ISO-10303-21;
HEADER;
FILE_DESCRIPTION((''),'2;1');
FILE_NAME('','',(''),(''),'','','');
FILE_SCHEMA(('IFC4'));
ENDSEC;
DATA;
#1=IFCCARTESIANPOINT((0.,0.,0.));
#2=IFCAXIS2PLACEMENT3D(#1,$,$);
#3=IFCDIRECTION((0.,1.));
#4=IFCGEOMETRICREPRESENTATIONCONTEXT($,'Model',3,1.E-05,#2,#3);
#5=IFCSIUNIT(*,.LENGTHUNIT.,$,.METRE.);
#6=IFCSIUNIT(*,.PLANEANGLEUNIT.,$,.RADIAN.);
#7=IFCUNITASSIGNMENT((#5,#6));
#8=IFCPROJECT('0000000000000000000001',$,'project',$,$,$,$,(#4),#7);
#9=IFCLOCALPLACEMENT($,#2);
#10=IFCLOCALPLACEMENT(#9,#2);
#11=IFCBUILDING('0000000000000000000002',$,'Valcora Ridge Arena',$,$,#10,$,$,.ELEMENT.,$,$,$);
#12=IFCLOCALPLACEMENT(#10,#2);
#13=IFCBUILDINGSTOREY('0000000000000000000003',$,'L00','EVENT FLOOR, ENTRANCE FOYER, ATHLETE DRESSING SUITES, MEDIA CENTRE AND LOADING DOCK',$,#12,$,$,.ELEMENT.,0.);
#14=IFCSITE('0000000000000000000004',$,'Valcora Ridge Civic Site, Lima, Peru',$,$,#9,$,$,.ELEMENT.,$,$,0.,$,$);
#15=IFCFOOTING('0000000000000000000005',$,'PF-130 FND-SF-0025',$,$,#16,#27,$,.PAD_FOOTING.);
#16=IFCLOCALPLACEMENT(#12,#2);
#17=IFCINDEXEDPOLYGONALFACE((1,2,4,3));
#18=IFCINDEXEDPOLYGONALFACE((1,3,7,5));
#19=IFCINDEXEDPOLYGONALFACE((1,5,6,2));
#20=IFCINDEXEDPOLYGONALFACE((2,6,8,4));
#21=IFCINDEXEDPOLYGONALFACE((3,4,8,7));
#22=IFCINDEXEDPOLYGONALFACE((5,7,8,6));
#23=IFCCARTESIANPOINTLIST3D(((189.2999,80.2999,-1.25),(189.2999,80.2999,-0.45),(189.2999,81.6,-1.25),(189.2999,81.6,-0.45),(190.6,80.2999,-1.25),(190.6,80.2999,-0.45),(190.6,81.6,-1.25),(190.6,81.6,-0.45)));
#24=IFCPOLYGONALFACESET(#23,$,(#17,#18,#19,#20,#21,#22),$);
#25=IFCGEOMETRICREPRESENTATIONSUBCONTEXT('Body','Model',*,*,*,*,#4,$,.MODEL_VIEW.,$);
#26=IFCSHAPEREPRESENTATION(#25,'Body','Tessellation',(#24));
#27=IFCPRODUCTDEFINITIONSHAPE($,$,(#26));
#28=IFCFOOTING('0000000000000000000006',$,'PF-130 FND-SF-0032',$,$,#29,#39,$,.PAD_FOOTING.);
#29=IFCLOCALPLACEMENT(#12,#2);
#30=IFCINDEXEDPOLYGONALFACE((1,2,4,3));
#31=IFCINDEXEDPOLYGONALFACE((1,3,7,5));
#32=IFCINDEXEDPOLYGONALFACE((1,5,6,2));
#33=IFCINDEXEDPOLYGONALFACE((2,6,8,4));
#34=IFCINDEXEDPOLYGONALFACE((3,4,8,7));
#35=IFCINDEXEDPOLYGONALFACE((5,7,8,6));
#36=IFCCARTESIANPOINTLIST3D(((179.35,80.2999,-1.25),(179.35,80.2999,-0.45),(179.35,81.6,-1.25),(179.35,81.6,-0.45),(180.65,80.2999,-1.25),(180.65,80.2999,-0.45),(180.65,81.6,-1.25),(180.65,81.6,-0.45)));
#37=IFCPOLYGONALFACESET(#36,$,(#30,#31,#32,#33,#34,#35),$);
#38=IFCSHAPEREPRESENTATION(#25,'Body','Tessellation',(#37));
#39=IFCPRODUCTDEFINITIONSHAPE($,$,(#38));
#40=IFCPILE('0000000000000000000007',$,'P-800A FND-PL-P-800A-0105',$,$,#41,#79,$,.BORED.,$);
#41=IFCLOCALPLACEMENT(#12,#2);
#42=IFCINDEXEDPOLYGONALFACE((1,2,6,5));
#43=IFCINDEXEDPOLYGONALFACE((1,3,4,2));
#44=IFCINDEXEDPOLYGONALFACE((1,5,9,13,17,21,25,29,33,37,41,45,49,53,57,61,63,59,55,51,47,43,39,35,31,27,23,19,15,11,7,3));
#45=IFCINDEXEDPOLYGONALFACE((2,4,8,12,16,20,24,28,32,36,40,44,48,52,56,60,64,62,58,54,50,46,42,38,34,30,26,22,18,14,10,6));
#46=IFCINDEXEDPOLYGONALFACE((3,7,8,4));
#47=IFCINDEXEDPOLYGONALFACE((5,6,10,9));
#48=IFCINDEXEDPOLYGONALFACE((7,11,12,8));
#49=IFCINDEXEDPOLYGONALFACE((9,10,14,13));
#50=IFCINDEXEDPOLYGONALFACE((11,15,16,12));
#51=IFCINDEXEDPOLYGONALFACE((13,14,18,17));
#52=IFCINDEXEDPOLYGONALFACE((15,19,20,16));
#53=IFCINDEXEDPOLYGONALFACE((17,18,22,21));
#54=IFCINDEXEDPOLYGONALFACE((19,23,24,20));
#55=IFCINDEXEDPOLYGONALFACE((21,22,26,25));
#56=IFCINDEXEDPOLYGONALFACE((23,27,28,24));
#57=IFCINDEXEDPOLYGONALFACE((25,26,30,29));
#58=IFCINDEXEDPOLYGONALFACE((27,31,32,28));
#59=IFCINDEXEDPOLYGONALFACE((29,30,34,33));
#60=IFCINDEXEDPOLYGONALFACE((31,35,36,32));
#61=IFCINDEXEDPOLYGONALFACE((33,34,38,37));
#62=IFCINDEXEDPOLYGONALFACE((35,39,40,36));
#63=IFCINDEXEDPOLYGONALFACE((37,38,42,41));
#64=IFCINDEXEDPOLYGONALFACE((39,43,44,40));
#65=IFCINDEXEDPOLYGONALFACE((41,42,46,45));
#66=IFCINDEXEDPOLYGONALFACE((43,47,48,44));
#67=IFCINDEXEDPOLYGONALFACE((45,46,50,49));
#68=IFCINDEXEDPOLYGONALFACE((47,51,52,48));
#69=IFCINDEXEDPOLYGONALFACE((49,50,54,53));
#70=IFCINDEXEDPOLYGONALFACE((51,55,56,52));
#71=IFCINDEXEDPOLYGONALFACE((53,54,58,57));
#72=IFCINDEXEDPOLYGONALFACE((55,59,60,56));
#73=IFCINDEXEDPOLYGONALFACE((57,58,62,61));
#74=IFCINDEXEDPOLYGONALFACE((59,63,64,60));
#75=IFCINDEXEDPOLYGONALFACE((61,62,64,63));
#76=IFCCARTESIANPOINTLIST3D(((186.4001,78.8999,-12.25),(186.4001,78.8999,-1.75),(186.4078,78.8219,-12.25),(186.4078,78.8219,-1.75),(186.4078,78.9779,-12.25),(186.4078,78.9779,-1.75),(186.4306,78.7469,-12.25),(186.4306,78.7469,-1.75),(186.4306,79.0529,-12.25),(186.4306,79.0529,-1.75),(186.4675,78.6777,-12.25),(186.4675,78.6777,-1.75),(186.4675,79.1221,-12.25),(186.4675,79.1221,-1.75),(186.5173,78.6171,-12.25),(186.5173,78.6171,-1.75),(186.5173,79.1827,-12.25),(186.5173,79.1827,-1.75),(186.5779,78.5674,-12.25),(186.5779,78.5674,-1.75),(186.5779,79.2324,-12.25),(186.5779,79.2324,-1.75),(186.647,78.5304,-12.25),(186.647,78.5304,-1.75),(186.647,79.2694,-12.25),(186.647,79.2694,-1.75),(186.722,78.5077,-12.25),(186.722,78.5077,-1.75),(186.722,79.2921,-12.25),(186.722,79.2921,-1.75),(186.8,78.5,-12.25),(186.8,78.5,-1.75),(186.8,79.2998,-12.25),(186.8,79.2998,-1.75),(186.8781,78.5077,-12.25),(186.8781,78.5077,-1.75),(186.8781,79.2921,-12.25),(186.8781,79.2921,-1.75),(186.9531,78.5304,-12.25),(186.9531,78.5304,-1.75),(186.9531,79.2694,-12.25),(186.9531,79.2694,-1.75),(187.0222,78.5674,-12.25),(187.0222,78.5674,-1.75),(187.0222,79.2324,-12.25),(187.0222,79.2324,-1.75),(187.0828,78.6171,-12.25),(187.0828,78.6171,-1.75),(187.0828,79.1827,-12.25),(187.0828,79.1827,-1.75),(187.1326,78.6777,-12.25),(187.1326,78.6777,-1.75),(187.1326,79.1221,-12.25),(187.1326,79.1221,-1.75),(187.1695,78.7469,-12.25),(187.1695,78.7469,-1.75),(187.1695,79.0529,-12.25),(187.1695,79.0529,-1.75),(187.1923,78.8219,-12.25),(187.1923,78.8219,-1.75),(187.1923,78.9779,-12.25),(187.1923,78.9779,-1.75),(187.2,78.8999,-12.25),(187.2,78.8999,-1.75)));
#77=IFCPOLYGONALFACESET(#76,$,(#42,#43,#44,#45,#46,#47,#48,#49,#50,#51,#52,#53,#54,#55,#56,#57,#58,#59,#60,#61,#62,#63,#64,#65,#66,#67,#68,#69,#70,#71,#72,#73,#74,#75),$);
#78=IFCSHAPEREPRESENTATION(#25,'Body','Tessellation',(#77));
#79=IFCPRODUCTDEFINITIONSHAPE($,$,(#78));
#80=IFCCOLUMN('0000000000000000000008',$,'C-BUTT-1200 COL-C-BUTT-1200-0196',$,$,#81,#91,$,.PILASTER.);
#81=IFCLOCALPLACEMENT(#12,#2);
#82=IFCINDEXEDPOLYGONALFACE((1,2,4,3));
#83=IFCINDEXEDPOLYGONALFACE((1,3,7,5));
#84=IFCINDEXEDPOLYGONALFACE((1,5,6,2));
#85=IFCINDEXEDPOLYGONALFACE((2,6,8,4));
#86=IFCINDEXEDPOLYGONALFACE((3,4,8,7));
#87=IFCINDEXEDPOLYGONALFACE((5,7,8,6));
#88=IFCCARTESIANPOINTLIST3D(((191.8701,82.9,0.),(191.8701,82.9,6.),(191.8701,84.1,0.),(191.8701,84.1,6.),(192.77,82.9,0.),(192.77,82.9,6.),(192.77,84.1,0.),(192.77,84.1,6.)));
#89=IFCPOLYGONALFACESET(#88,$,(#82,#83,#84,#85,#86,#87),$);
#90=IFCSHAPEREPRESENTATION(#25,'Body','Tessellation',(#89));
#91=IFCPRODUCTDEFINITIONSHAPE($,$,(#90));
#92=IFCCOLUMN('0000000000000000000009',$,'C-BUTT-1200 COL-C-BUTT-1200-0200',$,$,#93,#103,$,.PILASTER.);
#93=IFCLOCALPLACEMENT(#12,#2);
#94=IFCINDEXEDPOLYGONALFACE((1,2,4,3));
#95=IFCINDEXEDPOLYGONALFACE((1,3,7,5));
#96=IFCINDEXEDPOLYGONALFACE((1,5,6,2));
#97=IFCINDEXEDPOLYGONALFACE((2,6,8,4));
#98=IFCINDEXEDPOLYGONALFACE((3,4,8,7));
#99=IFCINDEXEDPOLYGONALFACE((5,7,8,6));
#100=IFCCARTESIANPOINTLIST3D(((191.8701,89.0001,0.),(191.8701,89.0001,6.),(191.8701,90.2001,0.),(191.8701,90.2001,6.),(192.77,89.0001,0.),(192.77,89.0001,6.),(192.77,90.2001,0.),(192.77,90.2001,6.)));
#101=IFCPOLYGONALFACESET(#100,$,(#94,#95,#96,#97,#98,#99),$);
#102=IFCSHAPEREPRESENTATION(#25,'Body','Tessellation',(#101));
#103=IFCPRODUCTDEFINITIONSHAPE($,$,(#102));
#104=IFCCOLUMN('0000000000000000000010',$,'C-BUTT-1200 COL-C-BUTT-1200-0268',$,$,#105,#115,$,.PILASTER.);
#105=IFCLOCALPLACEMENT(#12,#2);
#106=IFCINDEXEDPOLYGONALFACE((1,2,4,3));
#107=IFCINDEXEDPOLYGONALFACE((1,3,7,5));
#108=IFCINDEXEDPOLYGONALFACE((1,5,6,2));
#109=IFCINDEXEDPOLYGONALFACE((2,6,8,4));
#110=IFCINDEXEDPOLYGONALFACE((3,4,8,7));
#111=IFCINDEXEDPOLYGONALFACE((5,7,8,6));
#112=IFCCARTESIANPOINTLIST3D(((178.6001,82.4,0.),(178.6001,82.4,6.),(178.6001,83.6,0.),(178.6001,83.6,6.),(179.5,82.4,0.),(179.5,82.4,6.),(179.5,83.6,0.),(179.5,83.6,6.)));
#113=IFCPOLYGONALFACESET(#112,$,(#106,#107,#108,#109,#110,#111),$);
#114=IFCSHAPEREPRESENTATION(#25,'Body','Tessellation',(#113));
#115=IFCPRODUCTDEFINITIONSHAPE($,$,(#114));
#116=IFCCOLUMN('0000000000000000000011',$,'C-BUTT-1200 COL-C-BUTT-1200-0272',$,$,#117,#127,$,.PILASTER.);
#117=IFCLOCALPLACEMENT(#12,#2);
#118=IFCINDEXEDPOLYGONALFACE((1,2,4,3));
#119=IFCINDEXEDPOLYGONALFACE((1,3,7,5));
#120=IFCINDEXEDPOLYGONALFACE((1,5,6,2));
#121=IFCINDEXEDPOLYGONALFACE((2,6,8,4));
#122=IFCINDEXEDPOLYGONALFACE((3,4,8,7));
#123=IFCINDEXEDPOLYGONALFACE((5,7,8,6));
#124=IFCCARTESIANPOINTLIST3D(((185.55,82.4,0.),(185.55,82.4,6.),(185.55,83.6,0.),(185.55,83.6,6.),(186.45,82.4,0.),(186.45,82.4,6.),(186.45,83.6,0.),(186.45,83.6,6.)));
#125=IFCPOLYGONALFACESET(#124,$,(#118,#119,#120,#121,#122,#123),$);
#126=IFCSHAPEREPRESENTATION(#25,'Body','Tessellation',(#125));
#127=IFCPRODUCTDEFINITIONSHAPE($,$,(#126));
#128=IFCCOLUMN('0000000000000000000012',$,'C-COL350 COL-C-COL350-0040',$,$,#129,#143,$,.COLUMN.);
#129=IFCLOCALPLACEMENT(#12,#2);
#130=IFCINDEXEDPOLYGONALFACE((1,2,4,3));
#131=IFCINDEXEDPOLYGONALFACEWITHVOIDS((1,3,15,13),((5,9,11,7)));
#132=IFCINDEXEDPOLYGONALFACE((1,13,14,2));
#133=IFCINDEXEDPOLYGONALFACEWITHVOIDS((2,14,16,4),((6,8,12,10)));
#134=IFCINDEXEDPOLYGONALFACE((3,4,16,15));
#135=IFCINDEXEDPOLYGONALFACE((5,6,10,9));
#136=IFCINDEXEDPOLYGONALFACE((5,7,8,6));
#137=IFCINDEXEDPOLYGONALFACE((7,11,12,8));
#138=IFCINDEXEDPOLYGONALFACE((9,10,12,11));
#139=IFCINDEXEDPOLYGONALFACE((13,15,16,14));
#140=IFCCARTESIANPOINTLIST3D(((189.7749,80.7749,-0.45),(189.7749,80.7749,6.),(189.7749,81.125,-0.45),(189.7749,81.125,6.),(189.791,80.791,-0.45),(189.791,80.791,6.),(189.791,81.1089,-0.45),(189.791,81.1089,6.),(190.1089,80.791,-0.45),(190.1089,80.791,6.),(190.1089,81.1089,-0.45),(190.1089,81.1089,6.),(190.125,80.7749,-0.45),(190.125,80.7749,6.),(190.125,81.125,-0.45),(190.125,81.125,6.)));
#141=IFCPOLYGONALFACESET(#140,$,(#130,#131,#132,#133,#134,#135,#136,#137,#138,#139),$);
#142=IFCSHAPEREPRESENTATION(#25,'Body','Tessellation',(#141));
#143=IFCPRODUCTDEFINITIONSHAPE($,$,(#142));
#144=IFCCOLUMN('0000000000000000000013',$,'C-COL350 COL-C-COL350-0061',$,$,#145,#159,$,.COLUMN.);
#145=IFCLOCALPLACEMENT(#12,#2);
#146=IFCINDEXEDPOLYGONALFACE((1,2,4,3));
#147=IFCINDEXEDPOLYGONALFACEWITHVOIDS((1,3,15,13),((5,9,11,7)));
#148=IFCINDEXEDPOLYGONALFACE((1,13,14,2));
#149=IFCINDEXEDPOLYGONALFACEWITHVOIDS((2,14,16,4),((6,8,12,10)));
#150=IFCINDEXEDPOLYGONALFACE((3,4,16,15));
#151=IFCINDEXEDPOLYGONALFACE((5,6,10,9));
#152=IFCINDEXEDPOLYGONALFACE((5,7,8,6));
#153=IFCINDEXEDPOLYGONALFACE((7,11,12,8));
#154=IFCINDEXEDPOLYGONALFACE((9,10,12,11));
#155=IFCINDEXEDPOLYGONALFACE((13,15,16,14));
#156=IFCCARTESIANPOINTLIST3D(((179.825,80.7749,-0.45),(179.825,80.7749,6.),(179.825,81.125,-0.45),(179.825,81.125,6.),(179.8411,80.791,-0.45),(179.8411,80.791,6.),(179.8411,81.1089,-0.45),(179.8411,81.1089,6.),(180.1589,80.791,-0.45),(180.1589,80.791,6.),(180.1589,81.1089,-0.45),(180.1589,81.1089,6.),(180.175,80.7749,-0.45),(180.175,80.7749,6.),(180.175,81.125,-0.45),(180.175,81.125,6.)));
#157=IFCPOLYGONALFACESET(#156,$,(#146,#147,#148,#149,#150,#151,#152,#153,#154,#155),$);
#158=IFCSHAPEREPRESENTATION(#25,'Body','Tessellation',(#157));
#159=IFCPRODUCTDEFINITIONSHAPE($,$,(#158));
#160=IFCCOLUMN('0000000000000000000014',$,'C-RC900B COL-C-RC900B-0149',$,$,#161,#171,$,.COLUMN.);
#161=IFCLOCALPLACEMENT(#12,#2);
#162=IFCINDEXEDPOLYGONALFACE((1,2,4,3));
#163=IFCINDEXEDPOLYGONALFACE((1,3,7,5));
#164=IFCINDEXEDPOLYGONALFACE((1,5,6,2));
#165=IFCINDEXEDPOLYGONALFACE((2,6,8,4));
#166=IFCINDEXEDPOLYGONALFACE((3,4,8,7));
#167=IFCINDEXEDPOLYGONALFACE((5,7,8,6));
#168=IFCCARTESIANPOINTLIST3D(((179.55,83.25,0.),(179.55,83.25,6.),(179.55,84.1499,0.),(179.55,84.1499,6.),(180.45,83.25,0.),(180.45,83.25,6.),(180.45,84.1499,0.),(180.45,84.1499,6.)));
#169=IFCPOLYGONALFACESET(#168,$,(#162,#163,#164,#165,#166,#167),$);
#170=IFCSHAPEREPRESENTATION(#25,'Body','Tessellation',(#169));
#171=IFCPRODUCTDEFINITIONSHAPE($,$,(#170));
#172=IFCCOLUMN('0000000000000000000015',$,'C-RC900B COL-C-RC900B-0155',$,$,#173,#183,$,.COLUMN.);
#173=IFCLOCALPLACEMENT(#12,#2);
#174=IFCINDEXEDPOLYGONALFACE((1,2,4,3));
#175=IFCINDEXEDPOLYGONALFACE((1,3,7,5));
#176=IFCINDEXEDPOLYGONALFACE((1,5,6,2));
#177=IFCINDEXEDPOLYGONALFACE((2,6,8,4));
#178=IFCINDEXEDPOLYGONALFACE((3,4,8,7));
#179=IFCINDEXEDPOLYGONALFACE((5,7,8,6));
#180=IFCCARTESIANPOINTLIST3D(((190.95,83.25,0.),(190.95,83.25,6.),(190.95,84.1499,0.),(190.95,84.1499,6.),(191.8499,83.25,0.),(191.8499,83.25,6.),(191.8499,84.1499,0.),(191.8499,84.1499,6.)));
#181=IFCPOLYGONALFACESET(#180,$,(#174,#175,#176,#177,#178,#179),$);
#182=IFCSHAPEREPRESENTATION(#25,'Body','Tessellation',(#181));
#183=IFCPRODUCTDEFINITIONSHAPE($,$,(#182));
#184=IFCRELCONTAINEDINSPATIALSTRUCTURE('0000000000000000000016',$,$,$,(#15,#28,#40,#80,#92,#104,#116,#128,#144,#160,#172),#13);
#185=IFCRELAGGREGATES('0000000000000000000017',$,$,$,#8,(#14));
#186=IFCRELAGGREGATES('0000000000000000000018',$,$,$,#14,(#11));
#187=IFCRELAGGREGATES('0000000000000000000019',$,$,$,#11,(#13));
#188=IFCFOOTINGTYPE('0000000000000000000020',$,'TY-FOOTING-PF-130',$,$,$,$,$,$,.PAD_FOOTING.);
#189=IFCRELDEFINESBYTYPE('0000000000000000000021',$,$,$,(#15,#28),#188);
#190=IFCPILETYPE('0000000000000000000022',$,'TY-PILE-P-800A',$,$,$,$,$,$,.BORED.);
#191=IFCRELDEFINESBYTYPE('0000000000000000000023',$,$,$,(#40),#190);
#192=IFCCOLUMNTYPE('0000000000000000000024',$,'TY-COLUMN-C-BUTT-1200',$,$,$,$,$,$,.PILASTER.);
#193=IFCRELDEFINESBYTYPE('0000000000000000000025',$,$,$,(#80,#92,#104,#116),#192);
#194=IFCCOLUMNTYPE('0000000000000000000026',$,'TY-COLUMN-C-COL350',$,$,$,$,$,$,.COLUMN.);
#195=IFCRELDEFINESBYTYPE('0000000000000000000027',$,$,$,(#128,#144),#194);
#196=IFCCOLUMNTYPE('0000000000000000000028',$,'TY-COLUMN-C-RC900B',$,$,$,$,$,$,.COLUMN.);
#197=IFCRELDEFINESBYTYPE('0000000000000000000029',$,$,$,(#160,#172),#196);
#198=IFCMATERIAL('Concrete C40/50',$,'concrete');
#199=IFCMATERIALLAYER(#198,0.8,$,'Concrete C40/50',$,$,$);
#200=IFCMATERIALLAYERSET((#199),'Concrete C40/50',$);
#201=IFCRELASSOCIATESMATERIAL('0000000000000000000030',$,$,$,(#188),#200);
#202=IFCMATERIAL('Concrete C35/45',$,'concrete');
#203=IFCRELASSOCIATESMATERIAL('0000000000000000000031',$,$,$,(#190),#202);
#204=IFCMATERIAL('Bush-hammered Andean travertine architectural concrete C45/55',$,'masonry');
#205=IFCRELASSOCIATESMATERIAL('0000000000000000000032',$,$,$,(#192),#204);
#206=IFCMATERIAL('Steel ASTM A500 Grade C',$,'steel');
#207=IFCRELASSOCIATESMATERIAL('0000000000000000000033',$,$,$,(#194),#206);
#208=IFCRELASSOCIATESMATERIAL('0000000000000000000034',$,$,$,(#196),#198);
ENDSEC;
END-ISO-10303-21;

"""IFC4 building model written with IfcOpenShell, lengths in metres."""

from ifc_helpers import new_model, si_unit, direction, frame, origin, origin_2d, place, context, subcontext, project, spatial, rectangle, hollow_rectangle, circle, extrude, material, layer, layer_set, material_profile, profile_set, type_object, element, save


model = new_model("IFC4")

# Units and contexts
model_context = context("Model", 3, precision=1e-05, world=origin(), true_north=direction((0.0, 1.0)))
body_context = subcontext(model_context, "Body", "Model", "MODEL_VIEW")
ifc_project = project(units=[si_unit("LENGTHUNIT", "METRE"), si_unit("PLANEANGLEUNIT", "RADIAN")], contexts=[model_context])

# Site, building, storey
site_placement = place(None, origin())
site = spatial("IfcSite", under=ifc_project, at=site_placement, Name="Valcora Ridge Civic Site, Lima, Peru", CompositionType="ELEMENT", RefElevation=0.0)
building_placement = place(site_placement, origin())
building = spatial("IfcBuilding", under=site, at=building_placement, Name="Valcora Ridge Arena", CompositionType="ELEMENT")
storey_placement = place(building_placement, origin())
storey = spatial("IfcBuildingStorey", under=building, at=storey_placement, Name="L00", Description="EVENT FLOOR, ENTRANCE FOYER, ATHLETE DRESSING SUITES, MEDIA CENTRE AND LOADING DOCK", CompositionType="ELEMENT", Elevation=0.0)

# Footings
ifc_material_1 = material(Name="Concrete C40/50", Category="concrete")
ifc_layer_1 = layer(ifc_material_1, 0.8, Name="Concrete C40/50")
ifc_layer_set_1 = layer_set([ifc_layer_1], Name="Concrete C40/50")
footing_type = type_object("IfcFootingType", Name="TY-FOOTING-PF-130", PredefinedType="PAD_FOOTING", material=ifc_layer_set_1)
for number, where, z_axis, x_axis, name in (
    (1, (189.95, 80.95, -1.25), (0.0, 0.0, 1.0), (1.0, 0.0, 0.0), "PF-130 FND-SF-0025"),
    (2, (180.0, 80.95, -1.25), (0.0, 0.0, 1.0), (1.0, 0.0, 0.0), "PF-130 FND-SF-0032"),
):
    element("IfcFooting", number, at=place(storey_placement, frame(where, z_axis=z_axis, x_axis=x_axis)), inside=storey, type_object=footing_type, Name=name, PredefinedType="PAD_FOOTING", context=body_context, shape_type="SweptSolid", body=[
        extrude(rectangle(XDim=1.3, YDim=1.3, at=origin_2d()), origin(), (0.0, 0.0, 1.0), 0.8),
    ])

# Pile
ifc_material_2 = material(Name="Concrete C35/45", Category="concrete")
ifc_material_profile_1 = material_profile(ifc_material_2, circle(Radius=0.3999, at=origin_2d()), Name="BORED PILE D800")
ifc_profile_set_1 = profile_set([ifc_material_profile_1], Name="Concrete C35/45")
pile_type = type_object("IfcPileType", Name="TY-PILE-P-800A", PredefinedType="BORED", material=ifc_profile_set_1)
pile_placement = place(storey_placement, frame((186.8, 78.8999, -1.75), z_axis=(0.0, 0.0, -1.0), x_axis=(1.0, 0.0, 0.0)))
element("IfcPile", 3, at=pile_placement, inside=storey, type_object=pile_type, Name="P-800A FND-PL-P-800A-0105", PredefinedType="BORED", context=body_context, shape_type="SweptSolid", body=[
    extrude(circle(Radius=0.3999, at=origin_2d()), origin(), (0.0, 0.0, 1.0), 10.5),
])

# Columns
ifc_material_3 = material(Name="Bush-hammered Andean travertine architectural concrete C45/55", Category="masonry")
ifc_material_profile_2 = material_profile(ifc_material_3, rectangle(XDim=0.8999, YDim=1.2, at=origin_2d()), Name="RC 900x1200")
ifc_profile_set_2 = profile_set([ifc_material_profile_2], Name="Bush-hammered Andean travertine architectural concrete C45/55")
column_type_1 = type_object("IfcColumnType", Name="TY-COLUMN-C-BUTT-1200", PredefinedType="PILASTER", material=ifc_profile_set_2)
for number, where, z_axis, x_axis, name in (
    (4, (192.3201, 83.5, 0.0), (0.0, 0.0, 1.0), (1.0, 0.0, 0.0), "C-BUTT-1200 COL-C-BUTT-1200-0196"),
    (5, (192.3201, 89.6001, 0.0), (0.0, 0.0, 1.0), (1.0, 0.0, 0.0), "C-BUTT-1200 COL-C-BUTT-1200-0200"),
    (6, (179.05, 83.0, 0.0), (0.0, 0.0, 1.0), (1.0, 0.0, 0.0), "C-BUTT-1200 COL-C-BUTT-1200-0268"),
    (7, (186.0, 83.0, 0.0), (0.0, 0.0, 1.0), (1.0, 0.0, 0.0), "C-BUTT-1200 COL-C-BUTT-1200-0272"),
):
    element("IfcColumn", number, at=place(storey_placement, frame(where, z_axis=z_axis, x_axis=x_axis)), inside=storey, type_object=column_type_1, Name=name, PredefinedType="PILASTER", context=body_context, shape_type="SweptSolid", body=[
        extrude(rectangle(XDim=0.8999, YDim=1.2, at=origin_2d()), origin(), (0.0, 0.0, 1.0), 6.0),
    ])
ifc_material_4 = material(Name="Steel ASTM A500 Grade C", Category="steel")
ifc_material_profile_3 = material_profile(ifc_material_4, hollow_rectangle(XDim=0.3501, YDim=0.3501, WallThickness=0.0161, at=origin_2d()), Name="HSS350X350X16")
ifc_profile_set_3 = profile_set([ifc_material_profile_3], Name="Steel ASTM A500 Grade C")
column_type_2 = type_object("IfcColumnType", Name="TY-COLUMN-C-COL350", PredefinedType="COLUMN", material=ifc_profile_set_3)
for number, where, z_axis, x_axis, name in (
    (8, (189.95, 80.95, -0.45), (0.0, 0.0, 1.0), (1.0, 0.0, 0.0), "C-COL350 COL-C-COL350-0040"),
    (9, (180.0, 80.95, -0.45), (0.0, 0.0, 1.0), (1.0, 0.0, 0.0), "C-COL350 COL-C-COL350-0061"),
):
    element("IfcColumn", number, at=place(storey_placement, frame(where, z_axis=z_axis, x_axis=x_axis)), inside=storey, type_object=column_type_2, Name=name, PredefinedType="COLUMN", context=body_context, shape_type="SweptSolid", body=[
        extrude(hollow_rectangle(XDim=0.3501, YDim=0.3501, WallThickness=0.0161, at=origin_2d()), origin(), (0.0, 0.0, 1.0), 6.45),
    ])
ifc_material_profile_4 = material_profile(ifc_material_1, rectangle(XDim=0.8999, YDim=0.8999, at=origin_2d()), Name="RC 900x900")
ifc_profile_set_4 = profile_set([ifc_material_profile_4], Name="Concrete C40/50")
column_type_3 = type_object("IfcColumnType", Name="TY-COLUMN-C-RC900B", PredefinedType="COLUMN", material=ifc_profile_set_4)
for number, where, z_axis, x_axis, name in (
    (10, (180.0, 83.7, 0.0), (0.0, 0.0, 1.0), (1.0, 0.0, 0.0), "C-RC900B COL-C-RC900B-0149"),
    (11, (191.3999, 83.7, 0.0), (0.0, 0.0, 1.0), (1.0, 0.0, 0.0), "C-RC900B COL-C-RC900B-0155"),
):
    element("IfcColumn", number, at=place(storey_placement, frame(where, z_axis=z_axis, x_axis=x_axis)), inside=storey, type_object=column_type_3, Name=name, PredefinedType="COLUMN", context=body_context, shape_type="SweptSolid", body=[
        extrude(rectangle(XDim=0.8999, YDim=0.8999, at=origin_2d()), origin(), (0.0, 0.0, 1.0), 6.0),
    ])

save(model, "model.ifc")
